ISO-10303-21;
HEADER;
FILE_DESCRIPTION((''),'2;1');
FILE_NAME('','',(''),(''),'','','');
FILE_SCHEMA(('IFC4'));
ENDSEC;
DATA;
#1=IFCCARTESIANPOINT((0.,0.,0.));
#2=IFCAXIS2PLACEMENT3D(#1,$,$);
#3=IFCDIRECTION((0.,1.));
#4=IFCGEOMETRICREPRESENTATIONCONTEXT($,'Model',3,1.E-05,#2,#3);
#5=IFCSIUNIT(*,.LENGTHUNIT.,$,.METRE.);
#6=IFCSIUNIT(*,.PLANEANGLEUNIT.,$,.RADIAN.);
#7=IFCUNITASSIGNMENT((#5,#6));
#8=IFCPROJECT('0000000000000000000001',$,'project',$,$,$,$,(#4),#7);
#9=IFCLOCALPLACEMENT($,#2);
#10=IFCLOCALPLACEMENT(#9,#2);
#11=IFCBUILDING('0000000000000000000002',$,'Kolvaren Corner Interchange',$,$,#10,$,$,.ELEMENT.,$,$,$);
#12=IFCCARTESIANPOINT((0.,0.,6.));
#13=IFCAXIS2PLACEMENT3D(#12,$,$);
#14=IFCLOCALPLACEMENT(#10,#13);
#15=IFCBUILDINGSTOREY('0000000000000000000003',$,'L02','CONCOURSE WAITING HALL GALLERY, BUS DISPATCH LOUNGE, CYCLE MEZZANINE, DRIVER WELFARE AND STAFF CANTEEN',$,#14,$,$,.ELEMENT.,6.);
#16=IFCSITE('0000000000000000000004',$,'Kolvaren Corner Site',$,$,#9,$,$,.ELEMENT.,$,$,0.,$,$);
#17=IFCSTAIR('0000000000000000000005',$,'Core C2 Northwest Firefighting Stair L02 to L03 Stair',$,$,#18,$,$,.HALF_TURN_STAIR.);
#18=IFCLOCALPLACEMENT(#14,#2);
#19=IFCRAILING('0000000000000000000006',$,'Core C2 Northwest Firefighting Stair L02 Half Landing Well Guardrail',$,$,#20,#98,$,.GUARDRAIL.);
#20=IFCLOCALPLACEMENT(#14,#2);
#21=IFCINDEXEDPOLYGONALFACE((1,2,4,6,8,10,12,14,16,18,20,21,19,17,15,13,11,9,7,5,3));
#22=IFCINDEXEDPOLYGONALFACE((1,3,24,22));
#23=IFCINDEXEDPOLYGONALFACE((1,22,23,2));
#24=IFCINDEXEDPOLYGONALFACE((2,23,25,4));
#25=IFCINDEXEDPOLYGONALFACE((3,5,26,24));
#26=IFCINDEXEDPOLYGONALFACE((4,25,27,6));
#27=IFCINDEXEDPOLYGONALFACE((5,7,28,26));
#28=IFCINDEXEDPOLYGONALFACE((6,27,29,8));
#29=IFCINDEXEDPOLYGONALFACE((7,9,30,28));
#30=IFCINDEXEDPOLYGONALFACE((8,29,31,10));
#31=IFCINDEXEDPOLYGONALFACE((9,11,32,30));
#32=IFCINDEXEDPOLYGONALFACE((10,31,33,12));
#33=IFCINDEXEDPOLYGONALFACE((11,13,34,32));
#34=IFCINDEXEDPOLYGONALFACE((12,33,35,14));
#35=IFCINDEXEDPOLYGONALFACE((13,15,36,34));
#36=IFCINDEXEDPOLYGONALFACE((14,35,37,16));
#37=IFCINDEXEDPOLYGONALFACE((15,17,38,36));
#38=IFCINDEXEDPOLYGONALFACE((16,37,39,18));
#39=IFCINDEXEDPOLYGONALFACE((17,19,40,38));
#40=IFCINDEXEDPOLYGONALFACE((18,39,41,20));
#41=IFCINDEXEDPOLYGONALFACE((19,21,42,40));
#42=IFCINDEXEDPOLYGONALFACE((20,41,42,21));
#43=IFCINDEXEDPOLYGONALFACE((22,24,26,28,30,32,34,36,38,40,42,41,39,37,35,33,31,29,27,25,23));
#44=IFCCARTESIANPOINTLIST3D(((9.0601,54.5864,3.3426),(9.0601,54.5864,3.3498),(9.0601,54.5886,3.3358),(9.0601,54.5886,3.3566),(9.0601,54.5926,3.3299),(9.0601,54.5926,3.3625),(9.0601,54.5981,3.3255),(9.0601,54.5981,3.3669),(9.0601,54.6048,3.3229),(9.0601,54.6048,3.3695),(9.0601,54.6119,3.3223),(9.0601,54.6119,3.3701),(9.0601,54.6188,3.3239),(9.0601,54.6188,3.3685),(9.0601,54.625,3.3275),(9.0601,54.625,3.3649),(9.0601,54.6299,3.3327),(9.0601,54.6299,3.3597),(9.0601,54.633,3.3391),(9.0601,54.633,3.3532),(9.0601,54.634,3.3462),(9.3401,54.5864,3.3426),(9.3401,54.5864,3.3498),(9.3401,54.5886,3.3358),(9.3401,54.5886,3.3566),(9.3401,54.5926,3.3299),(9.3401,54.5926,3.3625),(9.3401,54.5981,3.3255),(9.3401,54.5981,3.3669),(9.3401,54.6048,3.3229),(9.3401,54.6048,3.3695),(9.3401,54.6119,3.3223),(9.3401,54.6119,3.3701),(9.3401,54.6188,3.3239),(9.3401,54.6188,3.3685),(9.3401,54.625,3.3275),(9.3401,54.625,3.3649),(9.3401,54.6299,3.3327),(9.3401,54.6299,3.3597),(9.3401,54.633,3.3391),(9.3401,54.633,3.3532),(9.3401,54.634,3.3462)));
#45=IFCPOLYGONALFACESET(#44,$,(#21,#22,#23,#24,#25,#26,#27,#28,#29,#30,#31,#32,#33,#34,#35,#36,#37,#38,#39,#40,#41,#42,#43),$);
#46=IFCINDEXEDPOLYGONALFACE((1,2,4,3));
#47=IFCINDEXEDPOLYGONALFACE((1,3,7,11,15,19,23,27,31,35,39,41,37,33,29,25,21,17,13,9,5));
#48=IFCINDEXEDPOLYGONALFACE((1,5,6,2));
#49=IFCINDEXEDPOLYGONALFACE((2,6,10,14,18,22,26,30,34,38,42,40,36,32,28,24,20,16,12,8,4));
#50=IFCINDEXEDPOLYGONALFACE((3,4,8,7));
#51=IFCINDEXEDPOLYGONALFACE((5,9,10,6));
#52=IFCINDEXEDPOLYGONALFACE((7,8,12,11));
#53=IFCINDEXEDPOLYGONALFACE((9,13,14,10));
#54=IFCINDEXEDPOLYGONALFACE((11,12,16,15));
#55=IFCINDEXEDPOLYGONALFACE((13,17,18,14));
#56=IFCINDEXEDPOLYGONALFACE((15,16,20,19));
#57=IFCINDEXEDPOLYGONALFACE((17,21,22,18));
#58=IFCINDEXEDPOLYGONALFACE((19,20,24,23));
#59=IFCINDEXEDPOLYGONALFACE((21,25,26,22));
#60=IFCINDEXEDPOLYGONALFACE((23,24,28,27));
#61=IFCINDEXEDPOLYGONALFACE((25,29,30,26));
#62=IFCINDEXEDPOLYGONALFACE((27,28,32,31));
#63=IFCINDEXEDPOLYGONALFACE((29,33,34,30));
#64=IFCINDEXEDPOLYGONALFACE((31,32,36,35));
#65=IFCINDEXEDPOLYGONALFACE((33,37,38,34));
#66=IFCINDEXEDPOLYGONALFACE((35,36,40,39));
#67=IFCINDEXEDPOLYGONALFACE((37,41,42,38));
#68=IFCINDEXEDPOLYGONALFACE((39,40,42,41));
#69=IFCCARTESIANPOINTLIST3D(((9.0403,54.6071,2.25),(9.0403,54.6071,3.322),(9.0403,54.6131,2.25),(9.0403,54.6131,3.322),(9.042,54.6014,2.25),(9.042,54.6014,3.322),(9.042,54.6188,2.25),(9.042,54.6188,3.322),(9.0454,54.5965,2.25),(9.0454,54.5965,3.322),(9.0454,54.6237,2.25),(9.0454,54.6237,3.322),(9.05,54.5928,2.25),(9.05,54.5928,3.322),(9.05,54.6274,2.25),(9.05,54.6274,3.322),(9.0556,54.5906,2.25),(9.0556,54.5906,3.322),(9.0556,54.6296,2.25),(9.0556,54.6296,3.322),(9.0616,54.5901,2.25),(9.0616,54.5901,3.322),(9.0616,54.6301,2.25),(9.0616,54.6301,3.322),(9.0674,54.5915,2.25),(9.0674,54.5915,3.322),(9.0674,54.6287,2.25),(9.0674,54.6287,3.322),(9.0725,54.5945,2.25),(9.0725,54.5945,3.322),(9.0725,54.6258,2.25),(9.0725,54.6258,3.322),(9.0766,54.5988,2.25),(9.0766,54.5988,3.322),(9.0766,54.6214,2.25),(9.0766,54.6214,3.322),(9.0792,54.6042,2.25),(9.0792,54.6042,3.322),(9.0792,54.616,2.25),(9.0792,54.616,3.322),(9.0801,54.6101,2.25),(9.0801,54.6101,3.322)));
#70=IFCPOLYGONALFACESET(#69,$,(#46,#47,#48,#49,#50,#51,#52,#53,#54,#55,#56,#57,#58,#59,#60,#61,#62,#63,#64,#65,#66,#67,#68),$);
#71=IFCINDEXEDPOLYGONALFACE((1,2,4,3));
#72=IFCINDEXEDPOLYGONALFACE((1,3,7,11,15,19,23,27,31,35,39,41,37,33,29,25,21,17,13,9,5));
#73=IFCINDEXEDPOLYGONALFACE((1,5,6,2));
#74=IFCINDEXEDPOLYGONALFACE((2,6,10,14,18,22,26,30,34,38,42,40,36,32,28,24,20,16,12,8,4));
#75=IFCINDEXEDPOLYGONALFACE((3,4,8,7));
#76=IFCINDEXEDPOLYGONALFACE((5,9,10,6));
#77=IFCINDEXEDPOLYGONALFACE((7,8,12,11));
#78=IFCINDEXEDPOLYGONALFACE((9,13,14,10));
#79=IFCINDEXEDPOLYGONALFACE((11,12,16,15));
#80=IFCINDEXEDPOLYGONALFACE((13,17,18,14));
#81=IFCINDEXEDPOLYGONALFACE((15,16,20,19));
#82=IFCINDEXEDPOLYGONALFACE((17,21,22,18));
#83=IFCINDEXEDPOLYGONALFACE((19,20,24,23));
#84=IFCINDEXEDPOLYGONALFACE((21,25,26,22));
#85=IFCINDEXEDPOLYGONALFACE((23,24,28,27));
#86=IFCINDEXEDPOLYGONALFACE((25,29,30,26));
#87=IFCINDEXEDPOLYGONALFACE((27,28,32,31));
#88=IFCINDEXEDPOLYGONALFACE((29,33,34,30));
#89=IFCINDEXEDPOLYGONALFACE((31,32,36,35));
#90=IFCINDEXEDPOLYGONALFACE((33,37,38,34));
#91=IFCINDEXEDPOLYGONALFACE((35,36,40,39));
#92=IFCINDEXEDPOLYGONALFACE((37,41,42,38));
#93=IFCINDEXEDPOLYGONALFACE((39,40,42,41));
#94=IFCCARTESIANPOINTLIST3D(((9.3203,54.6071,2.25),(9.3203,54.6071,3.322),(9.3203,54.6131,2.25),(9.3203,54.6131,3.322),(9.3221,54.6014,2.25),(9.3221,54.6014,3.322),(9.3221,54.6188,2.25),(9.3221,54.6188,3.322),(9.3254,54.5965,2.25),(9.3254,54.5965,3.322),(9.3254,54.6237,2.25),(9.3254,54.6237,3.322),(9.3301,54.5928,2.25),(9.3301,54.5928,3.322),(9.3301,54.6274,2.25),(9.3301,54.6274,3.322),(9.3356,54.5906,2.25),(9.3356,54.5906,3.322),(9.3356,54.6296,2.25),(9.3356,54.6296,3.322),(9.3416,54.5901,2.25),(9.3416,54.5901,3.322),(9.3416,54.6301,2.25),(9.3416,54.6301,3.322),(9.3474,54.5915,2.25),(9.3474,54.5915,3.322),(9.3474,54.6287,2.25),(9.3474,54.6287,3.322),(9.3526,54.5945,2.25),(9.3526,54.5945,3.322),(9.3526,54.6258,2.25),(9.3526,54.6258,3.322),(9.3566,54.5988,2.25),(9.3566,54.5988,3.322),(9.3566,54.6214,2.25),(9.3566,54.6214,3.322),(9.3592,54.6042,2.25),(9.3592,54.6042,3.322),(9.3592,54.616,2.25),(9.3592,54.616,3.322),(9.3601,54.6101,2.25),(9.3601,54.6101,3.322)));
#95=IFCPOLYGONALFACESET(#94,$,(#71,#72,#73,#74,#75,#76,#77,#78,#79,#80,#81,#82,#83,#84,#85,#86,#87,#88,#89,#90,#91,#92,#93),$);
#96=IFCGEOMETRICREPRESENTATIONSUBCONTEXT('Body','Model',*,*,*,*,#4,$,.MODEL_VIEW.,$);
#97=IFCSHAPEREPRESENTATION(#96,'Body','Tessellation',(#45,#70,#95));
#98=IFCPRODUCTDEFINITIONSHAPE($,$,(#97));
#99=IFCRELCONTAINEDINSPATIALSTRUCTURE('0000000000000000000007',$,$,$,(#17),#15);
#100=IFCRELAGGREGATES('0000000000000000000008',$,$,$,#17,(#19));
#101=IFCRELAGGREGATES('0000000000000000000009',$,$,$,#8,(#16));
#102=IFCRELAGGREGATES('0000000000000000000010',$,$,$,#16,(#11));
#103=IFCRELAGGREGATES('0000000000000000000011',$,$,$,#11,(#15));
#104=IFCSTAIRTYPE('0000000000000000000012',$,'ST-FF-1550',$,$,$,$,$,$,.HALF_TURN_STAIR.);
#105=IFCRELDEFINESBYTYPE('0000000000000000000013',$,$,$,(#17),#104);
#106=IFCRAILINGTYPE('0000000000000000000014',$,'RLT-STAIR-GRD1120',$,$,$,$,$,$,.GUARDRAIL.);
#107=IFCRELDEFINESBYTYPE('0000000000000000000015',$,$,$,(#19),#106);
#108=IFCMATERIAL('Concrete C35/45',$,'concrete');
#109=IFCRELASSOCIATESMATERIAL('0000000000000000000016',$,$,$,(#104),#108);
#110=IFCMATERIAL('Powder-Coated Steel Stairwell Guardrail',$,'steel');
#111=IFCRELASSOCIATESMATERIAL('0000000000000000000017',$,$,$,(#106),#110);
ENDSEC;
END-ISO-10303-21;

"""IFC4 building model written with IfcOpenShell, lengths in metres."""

from ifc_helpers import new_model, si_unit, direction, frame, origin, origin_2d, place, context, subcontext, project, spatial, circle, extrude, material, type_object, element, aggregate, save


model = new_model("IFC4")

# Units and contexts
model_context = context("Model", 3, precision=1e-05, world=origin(), true_north=direction((0.0, 1.0)))
body_context = subcontext(model_context, "Body", "Model", "MODEL_VIEW")
ifc_project = project(units=[si_unit("LENGTHUNIT", "METRE"), si_unit("PLANEANGLEUNIT", "RADIAN")], contexts=[model_context])

# Site, building, storey
site_placement = place(None, origin())
site = spatial("IfcSite", under=ifc_project, at=site_placement, Name="Kolvaren Corner Site", CompositionType="ELEMENT", RefElevation=0.0)
building_placement = place(site_placement, origin())
building = spatial("IfcBuilding", under=site, at=building_placement, Name="Kolvaren Corner Interchange", CompositionType="ELEMENT")
storey_placement = place(building_placement, frame((0.0, 0.0, 6.0)))
storey = spatial("IfcBuildingStorey", under=building, at=storey_placement, Name="L02", Description="CONCOURSE WAITING HALL GALLERY, BUS DISPATCH LOUNGE, CYCLE MEZZANINE, DRIVER WELFARE AND STAFF CANTEEN", CompositionType="ELEMENT", Elevation=6.0)

# Stair
ifc_material_1 = material(Name="Concrete C35/45", Category="concrete")
stair_type = type_object("IfcStairType", Name="ST-FF-1550", PredefinedType="HALF_TURN_STAIR", material=ifc_material_1)
stair_placement = place(storey_placement, origin())
stair = element("IfcStair", 1, at=stair_placement, inside=storey, type_object=stair_type, Name="Core C2 Northwest Firefighting Stair L02 to L03 Stair", PredefinedType="HALF_TURN_STAIR")

# Railing
ifc_material_2 = material(Name="Powder-Coated Steel Stairwell Guardrail", Category="steel")
railing_type_1 = type_object("IfcRailingType", Name="RLT-STAIR-GRD1120", PredefinedType="GUARDRAIL", material=ifc_material_2)
railing_1_placement = place(storey_placement, frame((9.0601, 54.6101, 2.25)))
railing_1 = element("IfcRailing", 2, at=railing_1_placement, type_object=railing_type_1, Name="Core C2 Northwest Firefighting Stair L02 Half Landing Well Guardrail", PredefinedType="GUARDRAIL", context=body_context, shape_type="SweptSolid", body=[
    extrude(circle(Radius=0.0239, at=origin_2d()), frame((0.0, 0.0, 1.0962), z_axis=(1.0, 0.0, 0.0), x_axis=(0.0, 1.0, 0.0)), (0.0, 0.0, 1.0), 0.28),
    extrude(circle(Radius=0.02, at=origin_2d()), origin(), (0.0, 0.0, 1.0), 1.072),
    extrude(circle(Radius=0.02, at=origin_2d()), frame((0.28, 0.0, 0.0)), (0.0, 0.0, 1.0), 1.072),
])
aggregate(stair, [railing_1])

save(model, "model.ifc")
